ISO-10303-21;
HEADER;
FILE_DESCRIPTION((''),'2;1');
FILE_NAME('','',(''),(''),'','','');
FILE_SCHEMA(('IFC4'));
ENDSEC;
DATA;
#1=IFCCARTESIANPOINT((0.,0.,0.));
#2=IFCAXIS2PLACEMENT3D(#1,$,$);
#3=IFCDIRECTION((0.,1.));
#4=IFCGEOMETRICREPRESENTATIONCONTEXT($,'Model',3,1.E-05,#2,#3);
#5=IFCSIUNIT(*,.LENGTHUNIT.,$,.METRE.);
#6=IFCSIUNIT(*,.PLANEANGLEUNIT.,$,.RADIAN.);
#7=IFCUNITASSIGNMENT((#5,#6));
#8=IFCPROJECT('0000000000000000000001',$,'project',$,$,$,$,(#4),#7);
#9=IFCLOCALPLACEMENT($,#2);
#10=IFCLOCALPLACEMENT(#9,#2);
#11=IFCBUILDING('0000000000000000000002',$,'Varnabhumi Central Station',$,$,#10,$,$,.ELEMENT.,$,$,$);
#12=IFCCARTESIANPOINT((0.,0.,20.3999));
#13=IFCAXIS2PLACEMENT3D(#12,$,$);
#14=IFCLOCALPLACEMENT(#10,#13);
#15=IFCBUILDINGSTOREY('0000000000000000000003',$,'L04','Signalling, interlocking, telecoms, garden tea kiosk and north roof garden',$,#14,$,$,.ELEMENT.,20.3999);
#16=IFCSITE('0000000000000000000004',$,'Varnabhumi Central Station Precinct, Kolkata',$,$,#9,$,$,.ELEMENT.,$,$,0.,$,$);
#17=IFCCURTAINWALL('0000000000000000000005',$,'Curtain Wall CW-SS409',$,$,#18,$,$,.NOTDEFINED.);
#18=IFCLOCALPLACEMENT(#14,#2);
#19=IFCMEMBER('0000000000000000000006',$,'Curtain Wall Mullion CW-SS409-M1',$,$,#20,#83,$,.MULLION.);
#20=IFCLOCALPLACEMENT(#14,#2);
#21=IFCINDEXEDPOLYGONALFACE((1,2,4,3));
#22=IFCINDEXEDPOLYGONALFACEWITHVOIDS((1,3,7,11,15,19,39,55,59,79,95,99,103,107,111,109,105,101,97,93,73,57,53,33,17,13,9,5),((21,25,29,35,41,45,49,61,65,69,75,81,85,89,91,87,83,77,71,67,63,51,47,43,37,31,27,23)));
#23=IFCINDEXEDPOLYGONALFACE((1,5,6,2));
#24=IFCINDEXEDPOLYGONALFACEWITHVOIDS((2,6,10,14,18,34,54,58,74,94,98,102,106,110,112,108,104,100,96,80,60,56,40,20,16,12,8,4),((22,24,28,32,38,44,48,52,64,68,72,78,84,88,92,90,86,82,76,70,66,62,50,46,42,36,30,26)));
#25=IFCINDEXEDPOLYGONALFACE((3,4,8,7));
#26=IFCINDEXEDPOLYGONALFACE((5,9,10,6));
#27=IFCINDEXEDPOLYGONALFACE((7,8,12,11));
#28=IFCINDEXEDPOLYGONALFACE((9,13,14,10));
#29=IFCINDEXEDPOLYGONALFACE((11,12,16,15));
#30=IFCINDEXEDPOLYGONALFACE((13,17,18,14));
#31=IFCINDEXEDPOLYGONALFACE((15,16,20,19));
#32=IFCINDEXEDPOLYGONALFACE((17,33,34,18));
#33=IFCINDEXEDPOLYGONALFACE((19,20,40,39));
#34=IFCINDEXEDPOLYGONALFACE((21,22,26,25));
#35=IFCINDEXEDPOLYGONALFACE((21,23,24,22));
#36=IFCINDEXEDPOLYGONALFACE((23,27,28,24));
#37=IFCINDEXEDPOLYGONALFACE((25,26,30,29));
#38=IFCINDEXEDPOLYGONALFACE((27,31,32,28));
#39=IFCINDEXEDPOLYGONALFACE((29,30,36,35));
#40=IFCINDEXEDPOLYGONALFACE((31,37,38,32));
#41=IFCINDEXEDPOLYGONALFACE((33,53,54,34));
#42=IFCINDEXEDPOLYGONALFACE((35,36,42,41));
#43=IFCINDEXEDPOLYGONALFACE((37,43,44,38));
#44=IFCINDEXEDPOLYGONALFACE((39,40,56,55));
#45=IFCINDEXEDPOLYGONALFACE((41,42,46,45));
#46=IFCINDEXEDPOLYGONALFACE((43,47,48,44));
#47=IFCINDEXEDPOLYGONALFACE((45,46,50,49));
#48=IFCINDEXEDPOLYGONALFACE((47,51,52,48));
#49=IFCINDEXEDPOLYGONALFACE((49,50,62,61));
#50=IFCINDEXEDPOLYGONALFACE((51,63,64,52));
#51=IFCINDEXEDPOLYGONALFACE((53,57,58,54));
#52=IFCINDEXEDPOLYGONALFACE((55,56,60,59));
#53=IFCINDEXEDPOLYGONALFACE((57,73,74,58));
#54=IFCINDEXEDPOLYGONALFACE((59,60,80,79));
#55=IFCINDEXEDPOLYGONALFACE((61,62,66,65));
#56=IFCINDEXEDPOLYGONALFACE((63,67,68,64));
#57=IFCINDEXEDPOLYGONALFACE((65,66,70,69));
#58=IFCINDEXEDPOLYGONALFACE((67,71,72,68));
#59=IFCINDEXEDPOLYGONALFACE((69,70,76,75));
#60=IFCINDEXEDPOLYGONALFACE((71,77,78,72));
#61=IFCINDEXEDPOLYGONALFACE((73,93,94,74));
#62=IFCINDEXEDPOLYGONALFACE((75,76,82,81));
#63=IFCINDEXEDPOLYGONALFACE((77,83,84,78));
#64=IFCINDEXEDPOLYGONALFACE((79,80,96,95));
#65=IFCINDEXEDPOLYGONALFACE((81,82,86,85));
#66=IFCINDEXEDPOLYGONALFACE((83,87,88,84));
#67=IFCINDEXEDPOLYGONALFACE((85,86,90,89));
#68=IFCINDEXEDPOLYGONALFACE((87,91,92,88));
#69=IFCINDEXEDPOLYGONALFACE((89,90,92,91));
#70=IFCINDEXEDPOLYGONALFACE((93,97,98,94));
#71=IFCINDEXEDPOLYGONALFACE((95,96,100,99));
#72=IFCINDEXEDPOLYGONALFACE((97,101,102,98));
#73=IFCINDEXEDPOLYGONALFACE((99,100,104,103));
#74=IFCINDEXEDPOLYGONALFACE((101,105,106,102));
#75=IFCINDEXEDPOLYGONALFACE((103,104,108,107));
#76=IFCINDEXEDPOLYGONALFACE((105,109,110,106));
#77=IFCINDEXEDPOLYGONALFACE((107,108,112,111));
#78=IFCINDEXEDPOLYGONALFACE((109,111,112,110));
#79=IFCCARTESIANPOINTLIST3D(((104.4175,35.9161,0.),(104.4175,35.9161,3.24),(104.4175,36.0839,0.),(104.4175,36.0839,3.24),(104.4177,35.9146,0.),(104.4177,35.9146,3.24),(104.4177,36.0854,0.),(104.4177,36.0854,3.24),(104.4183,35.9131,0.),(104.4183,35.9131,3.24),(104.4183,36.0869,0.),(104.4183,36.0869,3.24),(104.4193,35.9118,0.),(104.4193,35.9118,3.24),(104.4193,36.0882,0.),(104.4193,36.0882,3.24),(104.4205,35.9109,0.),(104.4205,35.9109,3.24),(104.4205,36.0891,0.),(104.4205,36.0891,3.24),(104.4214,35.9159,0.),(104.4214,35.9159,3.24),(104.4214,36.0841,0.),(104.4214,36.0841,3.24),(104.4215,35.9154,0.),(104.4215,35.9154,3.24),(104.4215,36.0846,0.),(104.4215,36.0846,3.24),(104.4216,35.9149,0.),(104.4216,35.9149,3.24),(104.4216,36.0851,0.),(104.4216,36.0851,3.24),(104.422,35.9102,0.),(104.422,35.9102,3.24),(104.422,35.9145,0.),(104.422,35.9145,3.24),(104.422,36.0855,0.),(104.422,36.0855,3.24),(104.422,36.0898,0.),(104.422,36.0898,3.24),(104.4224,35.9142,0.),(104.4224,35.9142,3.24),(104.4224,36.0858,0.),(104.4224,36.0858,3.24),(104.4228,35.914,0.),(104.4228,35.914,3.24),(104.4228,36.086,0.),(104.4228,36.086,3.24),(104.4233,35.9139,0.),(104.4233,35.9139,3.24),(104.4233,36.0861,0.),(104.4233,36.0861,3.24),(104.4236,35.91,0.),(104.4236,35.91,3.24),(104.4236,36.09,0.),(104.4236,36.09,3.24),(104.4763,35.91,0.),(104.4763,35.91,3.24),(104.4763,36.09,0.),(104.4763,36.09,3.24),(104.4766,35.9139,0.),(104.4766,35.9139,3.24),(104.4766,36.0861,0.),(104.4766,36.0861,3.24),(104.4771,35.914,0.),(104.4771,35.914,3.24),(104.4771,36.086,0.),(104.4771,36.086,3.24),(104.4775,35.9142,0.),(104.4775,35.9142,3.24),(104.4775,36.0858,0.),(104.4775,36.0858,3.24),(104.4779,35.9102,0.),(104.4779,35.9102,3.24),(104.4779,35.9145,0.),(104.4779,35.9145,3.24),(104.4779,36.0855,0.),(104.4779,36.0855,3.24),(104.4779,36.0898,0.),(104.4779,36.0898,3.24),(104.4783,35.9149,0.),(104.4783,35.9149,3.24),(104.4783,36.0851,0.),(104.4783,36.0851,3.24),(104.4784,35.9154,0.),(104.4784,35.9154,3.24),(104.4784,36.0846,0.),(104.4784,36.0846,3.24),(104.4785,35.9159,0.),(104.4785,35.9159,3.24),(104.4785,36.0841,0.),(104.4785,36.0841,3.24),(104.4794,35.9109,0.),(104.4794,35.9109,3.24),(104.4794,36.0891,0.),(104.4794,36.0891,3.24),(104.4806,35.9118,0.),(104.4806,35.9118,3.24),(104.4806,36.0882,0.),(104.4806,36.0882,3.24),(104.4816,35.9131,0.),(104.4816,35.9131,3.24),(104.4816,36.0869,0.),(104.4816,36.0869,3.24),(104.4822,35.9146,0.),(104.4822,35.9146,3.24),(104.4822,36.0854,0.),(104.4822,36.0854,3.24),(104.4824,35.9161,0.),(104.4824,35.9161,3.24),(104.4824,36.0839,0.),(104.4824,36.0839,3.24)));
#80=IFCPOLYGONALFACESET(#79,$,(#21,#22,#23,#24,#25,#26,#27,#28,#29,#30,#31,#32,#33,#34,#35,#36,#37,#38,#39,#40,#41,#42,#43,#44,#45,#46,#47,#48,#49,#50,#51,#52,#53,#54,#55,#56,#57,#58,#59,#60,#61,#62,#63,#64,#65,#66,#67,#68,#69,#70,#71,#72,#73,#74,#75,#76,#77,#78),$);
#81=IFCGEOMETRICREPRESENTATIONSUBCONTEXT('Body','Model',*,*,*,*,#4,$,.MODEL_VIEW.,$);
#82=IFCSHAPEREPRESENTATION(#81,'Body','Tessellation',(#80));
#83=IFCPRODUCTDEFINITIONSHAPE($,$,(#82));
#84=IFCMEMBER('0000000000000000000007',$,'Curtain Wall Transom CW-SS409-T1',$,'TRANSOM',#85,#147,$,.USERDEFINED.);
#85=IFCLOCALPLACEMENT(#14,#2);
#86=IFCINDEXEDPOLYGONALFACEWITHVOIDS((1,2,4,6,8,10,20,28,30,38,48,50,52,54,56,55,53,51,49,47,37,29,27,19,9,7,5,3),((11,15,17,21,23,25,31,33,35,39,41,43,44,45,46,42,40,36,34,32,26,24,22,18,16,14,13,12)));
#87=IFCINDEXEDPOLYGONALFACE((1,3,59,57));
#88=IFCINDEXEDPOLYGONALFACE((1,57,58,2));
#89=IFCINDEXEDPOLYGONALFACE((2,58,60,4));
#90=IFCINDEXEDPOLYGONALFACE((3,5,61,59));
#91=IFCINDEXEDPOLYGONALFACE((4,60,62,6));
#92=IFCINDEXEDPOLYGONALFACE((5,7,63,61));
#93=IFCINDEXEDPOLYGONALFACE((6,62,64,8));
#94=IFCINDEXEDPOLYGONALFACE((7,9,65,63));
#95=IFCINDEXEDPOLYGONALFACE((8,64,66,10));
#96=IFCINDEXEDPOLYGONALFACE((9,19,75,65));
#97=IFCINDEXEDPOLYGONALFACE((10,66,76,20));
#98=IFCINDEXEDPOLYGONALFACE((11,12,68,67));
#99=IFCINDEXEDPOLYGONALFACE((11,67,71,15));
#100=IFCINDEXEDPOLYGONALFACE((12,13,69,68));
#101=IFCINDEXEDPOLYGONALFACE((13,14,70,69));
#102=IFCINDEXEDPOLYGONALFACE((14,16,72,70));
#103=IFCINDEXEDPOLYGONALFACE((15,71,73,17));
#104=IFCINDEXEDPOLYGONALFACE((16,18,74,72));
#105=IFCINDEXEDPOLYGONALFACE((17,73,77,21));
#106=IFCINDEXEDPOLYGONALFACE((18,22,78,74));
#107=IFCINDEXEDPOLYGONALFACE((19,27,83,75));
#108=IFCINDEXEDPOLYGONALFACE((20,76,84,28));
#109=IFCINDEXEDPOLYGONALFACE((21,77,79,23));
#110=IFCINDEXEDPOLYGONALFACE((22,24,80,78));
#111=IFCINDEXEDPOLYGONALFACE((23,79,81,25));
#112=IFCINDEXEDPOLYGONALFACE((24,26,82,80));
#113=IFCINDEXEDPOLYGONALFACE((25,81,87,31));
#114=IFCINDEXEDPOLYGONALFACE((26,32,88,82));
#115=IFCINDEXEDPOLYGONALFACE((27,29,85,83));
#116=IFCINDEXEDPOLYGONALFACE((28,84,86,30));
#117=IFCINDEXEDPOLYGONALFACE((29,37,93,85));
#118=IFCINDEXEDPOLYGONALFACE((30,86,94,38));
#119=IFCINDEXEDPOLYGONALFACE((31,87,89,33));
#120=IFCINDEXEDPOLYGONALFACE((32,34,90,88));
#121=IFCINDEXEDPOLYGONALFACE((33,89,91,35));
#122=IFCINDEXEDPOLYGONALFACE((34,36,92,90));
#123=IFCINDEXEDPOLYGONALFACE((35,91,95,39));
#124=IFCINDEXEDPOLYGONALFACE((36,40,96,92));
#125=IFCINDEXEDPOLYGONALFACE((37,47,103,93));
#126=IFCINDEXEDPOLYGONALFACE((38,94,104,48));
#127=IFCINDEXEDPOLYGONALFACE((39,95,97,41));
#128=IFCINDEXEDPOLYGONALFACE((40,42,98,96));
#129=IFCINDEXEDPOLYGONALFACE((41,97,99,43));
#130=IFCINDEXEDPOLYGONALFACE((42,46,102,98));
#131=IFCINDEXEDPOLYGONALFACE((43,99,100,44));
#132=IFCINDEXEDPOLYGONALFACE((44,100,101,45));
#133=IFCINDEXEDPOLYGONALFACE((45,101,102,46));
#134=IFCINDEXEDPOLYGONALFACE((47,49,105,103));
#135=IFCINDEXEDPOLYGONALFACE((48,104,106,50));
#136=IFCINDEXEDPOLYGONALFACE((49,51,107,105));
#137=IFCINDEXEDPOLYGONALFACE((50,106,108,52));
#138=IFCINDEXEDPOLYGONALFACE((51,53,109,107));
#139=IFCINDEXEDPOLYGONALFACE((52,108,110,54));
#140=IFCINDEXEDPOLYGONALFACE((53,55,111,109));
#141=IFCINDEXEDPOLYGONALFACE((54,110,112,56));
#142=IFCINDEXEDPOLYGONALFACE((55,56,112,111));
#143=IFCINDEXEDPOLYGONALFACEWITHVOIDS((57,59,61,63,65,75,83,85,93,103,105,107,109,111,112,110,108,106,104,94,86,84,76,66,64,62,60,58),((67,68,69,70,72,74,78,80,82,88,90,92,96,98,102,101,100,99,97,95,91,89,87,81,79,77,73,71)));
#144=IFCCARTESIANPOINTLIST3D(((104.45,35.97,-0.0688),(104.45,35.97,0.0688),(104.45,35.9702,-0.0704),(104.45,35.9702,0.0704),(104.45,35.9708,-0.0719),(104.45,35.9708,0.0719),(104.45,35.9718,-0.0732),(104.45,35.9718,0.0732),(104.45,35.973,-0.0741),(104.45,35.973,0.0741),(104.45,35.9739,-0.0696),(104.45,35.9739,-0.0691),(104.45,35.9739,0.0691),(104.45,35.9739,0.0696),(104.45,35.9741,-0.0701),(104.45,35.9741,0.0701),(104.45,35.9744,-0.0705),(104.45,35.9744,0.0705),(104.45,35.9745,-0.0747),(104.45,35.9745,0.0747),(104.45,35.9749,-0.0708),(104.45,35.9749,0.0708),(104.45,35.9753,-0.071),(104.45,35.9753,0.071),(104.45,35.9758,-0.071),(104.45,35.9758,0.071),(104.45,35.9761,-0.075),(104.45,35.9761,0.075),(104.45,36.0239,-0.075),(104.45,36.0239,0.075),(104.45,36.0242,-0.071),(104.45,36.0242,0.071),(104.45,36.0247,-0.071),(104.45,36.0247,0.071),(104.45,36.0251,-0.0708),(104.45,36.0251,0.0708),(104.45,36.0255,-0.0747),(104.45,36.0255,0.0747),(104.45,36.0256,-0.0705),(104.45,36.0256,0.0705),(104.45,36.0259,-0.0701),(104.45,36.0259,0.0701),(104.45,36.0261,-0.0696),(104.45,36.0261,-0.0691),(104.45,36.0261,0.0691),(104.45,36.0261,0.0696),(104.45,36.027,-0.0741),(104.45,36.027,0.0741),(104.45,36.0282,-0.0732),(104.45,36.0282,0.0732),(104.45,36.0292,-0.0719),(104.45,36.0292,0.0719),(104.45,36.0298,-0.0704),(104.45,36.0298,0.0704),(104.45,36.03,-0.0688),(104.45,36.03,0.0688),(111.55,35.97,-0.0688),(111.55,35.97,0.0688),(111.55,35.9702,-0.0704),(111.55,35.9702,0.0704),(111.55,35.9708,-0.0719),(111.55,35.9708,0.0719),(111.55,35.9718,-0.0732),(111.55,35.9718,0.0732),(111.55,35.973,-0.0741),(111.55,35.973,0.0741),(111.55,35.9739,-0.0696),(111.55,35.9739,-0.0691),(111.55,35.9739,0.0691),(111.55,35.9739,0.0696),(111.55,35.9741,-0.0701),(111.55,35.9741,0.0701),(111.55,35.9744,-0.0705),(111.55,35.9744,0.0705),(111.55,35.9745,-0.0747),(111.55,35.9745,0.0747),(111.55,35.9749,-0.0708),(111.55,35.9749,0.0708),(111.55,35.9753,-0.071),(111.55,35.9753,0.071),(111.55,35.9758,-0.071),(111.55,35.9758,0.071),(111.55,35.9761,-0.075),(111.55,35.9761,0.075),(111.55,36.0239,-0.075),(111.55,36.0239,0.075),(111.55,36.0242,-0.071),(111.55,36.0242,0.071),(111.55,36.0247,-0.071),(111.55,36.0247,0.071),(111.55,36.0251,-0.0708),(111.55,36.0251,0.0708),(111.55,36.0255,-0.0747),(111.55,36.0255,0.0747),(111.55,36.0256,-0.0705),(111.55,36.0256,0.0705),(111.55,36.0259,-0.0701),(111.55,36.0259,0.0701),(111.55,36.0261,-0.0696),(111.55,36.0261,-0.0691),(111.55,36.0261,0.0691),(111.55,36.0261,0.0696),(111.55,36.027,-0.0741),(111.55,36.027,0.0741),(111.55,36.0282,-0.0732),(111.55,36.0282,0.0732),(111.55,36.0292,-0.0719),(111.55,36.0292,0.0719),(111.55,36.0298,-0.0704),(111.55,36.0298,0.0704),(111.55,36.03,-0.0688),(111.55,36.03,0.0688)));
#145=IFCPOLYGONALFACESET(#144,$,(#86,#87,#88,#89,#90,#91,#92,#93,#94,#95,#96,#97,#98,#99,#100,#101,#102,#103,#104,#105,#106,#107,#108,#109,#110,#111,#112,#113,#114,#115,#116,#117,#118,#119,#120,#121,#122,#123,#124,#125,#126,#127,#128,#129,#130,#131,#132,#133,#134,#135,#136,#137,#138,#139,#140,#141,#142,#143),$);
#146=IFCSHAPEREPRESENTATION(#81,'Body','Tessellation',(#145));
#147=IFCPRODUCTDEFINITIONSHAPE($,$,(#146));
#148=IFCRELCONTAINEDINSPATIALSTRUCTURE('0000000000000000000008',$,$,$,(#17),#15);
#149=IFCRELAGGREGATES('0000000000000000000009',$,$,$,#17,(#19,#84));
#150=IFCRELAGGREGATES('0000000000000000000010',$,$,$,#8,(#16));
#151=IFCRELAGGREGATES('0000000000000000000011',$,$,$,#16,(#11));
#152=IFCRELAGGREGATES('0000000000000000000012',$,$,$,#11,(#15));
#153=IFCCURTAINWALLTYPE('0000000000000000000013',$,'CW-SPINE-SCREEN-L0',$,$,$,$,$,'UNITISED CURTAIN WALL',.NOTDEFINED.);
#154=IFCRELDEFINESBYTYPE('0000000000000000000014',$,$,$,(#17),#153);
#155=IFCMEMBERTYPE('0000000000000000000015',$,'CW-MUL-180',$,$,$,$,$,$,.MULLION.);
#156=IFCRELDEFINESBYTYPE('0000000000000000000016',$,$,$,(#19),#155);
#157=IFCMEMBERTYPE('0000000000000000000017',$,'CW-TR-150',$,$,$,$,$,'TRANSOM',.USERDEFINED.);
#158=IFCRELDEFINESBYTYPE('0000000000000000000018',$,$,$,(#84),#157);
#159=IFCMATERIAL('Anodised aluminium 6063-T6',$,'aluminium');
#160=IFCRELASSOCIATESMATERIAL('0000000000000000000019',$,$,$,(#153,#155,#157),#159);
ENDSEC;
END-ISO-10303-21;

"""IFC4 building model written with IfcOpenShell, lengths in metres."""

from ifc_helpers import new_model, si_unit, direction, frame, origin, origin_2d, place, context, subcontext, project, spatial, hollow_rectangle, extrude, material, material_profile, profile_set, type_object, element, aggregate, save


model = new_model("IFC4")

# Units and contexts
model_context = context("Model", 3, precision=1e-05, world=origin(), true_north=direction((0.0, 1.0)))
body_context = subcontext(model_context, "Body", "Model", "MODEL_VIEW")
ifc_project = project(units=[si_unit("LENGTHUNIT", "METRE"), si_unit("PLANEANGLEUNIT", "RADIAN")], contexts=[model_context])

# Site, building, storey
site_placement = place(None, origin())
site = spatial("IfcSite", under=ifc_project, at=site_placement, Name="Varnabhumi Central Station Precinct, Kolkata", CompositionType="ELEMENT", RefElevation=0.0)
building_placement = place(site_placement, origin())
building = spatial("IfcBuilding", under=site, at=building_placement, Name="Varnabhumi Central Station", CompositionType="ELEMENT")
storey_placement = place(building_placement, frame((0.0, 0.0, 20.3999)))
storey = spatial("IfcBuildingStorey", under=building, at=storey_placement, Name="L04", Description="Signalling, interlocking, telecoms, garden tea kiosk and north roof garden", CompositionType="ELEMENT", Elevation=20.3999)

# Curtain wall, members
ifc_material_1 = material(Name="Anodised aluminium 6063-T6", Category="aluminium")
curtain_wall_type = type_object("IfcCurtainWallType", Name="CW-SPINE-SCREEN-L0", ElementType="UNITISED CURTAIN WALL", PredefinedType="NOTDEFINED", material=ifc_material_1)
curtain_wall_placement = place(storey_placement, origin())
curtain_wall = element("IfcCurtainWall", 1, at=curtain_wall_placement, inside=storey, type_object=curtain_wall_type, Name="Curtain Wall CW-SS409", PredefinedType="NOTDEFINED")
ifc_material_profile_1 = material_profile(ifc_material_1, hollow_rectangle(XDim=0.0649, YDim=0.1799, WallThickness=0.0039, InnerFilletRadius=0.002, OuterFilletRadius=0.0061, at=origin_2d()), Name="Anodised aluminium 6063-T6", Category="aluminium")
ifc_profile_set_1 = profile_set([ifc_material_profile_1], Name="Anodised aluminium 6063-T6")
member_type_1 = type_object("IfcMemberType", Name="CW-MUL-180", PredefinedType="MULLION", material=ifc_profile_set_1)
member_1_placement = place(storey_placement, frame((104.45, 36.0, 0.0), z_axis=(0.0, 0.0, 1.0), x_axis=(1.0, 0.0, 0.0)))
member_1 = element("IfcMember", 2, at=member_1_placement, type_object=member_type_1, Name="Curtain Wall Mullion CW-SS409-M1", PredefinedType="MULLION", context=body_context, shape_type="SweptSolid", body=[
    extrude(hollow_rectangle(XDim=0.0649, YDim=0.1799, WallThickness=0.0039, InnerFilletRadius=0.002, OuterFilletRadius=0.0061, at=origin_2d()), origin(), (0.0, 0.0, 1.0), 3.24),
])
ifc_material_profile_2 = material_profile(ifc_material_1, hollow_rectangle(XDim=0.0601, YDim=0.1499, WallThickness=0.0039, InnerFilletRadius=0.002, OuterFilletRadius=0.0061, at=origin_2d()), Name="Anodised aluminium 6063-T6", Category="aluminium")
ifc_profile_set_2 = profile_set([ifc_material_profile_2], Name="Anodised aluminium 6063-T6")
member_type_2 = type_object("IfcMemberType", Name="CW-TR-150", ElementType="TRANSOM", PredefinedType="USERDEFINED", material=ifc_profile_set_2)
member_2_placement = place(storey_placement, frame((104.45, 36.0, 0.0), z_axis=(1.0, 0.0, 0.0), x_axis=(0.0, 1.0, 0.0)))
member_2 = element("IfcMember", 3, at=member_2_placement, type_object=member_type_2, Name="Curtain Wall Transom CW-SS409-T1", ObjectType="TRANSOM", PredefinedType="USERDEFINED", context=body_context, shape_type="SweptSolid", body=[
    extrude(hollow_rectangle(XDim=0.0601, YDim=0.1499, WallThickness=0.0039, InnerFilletRadius=0.002, OuterFilletRadius=0.0061, at=origin_2d()), origin(), (0.0, 0.0, 1.0), 7.1001),
])
aggregate(curtain_wall, [member_1, member_2])

save(model, "model.ifc")
